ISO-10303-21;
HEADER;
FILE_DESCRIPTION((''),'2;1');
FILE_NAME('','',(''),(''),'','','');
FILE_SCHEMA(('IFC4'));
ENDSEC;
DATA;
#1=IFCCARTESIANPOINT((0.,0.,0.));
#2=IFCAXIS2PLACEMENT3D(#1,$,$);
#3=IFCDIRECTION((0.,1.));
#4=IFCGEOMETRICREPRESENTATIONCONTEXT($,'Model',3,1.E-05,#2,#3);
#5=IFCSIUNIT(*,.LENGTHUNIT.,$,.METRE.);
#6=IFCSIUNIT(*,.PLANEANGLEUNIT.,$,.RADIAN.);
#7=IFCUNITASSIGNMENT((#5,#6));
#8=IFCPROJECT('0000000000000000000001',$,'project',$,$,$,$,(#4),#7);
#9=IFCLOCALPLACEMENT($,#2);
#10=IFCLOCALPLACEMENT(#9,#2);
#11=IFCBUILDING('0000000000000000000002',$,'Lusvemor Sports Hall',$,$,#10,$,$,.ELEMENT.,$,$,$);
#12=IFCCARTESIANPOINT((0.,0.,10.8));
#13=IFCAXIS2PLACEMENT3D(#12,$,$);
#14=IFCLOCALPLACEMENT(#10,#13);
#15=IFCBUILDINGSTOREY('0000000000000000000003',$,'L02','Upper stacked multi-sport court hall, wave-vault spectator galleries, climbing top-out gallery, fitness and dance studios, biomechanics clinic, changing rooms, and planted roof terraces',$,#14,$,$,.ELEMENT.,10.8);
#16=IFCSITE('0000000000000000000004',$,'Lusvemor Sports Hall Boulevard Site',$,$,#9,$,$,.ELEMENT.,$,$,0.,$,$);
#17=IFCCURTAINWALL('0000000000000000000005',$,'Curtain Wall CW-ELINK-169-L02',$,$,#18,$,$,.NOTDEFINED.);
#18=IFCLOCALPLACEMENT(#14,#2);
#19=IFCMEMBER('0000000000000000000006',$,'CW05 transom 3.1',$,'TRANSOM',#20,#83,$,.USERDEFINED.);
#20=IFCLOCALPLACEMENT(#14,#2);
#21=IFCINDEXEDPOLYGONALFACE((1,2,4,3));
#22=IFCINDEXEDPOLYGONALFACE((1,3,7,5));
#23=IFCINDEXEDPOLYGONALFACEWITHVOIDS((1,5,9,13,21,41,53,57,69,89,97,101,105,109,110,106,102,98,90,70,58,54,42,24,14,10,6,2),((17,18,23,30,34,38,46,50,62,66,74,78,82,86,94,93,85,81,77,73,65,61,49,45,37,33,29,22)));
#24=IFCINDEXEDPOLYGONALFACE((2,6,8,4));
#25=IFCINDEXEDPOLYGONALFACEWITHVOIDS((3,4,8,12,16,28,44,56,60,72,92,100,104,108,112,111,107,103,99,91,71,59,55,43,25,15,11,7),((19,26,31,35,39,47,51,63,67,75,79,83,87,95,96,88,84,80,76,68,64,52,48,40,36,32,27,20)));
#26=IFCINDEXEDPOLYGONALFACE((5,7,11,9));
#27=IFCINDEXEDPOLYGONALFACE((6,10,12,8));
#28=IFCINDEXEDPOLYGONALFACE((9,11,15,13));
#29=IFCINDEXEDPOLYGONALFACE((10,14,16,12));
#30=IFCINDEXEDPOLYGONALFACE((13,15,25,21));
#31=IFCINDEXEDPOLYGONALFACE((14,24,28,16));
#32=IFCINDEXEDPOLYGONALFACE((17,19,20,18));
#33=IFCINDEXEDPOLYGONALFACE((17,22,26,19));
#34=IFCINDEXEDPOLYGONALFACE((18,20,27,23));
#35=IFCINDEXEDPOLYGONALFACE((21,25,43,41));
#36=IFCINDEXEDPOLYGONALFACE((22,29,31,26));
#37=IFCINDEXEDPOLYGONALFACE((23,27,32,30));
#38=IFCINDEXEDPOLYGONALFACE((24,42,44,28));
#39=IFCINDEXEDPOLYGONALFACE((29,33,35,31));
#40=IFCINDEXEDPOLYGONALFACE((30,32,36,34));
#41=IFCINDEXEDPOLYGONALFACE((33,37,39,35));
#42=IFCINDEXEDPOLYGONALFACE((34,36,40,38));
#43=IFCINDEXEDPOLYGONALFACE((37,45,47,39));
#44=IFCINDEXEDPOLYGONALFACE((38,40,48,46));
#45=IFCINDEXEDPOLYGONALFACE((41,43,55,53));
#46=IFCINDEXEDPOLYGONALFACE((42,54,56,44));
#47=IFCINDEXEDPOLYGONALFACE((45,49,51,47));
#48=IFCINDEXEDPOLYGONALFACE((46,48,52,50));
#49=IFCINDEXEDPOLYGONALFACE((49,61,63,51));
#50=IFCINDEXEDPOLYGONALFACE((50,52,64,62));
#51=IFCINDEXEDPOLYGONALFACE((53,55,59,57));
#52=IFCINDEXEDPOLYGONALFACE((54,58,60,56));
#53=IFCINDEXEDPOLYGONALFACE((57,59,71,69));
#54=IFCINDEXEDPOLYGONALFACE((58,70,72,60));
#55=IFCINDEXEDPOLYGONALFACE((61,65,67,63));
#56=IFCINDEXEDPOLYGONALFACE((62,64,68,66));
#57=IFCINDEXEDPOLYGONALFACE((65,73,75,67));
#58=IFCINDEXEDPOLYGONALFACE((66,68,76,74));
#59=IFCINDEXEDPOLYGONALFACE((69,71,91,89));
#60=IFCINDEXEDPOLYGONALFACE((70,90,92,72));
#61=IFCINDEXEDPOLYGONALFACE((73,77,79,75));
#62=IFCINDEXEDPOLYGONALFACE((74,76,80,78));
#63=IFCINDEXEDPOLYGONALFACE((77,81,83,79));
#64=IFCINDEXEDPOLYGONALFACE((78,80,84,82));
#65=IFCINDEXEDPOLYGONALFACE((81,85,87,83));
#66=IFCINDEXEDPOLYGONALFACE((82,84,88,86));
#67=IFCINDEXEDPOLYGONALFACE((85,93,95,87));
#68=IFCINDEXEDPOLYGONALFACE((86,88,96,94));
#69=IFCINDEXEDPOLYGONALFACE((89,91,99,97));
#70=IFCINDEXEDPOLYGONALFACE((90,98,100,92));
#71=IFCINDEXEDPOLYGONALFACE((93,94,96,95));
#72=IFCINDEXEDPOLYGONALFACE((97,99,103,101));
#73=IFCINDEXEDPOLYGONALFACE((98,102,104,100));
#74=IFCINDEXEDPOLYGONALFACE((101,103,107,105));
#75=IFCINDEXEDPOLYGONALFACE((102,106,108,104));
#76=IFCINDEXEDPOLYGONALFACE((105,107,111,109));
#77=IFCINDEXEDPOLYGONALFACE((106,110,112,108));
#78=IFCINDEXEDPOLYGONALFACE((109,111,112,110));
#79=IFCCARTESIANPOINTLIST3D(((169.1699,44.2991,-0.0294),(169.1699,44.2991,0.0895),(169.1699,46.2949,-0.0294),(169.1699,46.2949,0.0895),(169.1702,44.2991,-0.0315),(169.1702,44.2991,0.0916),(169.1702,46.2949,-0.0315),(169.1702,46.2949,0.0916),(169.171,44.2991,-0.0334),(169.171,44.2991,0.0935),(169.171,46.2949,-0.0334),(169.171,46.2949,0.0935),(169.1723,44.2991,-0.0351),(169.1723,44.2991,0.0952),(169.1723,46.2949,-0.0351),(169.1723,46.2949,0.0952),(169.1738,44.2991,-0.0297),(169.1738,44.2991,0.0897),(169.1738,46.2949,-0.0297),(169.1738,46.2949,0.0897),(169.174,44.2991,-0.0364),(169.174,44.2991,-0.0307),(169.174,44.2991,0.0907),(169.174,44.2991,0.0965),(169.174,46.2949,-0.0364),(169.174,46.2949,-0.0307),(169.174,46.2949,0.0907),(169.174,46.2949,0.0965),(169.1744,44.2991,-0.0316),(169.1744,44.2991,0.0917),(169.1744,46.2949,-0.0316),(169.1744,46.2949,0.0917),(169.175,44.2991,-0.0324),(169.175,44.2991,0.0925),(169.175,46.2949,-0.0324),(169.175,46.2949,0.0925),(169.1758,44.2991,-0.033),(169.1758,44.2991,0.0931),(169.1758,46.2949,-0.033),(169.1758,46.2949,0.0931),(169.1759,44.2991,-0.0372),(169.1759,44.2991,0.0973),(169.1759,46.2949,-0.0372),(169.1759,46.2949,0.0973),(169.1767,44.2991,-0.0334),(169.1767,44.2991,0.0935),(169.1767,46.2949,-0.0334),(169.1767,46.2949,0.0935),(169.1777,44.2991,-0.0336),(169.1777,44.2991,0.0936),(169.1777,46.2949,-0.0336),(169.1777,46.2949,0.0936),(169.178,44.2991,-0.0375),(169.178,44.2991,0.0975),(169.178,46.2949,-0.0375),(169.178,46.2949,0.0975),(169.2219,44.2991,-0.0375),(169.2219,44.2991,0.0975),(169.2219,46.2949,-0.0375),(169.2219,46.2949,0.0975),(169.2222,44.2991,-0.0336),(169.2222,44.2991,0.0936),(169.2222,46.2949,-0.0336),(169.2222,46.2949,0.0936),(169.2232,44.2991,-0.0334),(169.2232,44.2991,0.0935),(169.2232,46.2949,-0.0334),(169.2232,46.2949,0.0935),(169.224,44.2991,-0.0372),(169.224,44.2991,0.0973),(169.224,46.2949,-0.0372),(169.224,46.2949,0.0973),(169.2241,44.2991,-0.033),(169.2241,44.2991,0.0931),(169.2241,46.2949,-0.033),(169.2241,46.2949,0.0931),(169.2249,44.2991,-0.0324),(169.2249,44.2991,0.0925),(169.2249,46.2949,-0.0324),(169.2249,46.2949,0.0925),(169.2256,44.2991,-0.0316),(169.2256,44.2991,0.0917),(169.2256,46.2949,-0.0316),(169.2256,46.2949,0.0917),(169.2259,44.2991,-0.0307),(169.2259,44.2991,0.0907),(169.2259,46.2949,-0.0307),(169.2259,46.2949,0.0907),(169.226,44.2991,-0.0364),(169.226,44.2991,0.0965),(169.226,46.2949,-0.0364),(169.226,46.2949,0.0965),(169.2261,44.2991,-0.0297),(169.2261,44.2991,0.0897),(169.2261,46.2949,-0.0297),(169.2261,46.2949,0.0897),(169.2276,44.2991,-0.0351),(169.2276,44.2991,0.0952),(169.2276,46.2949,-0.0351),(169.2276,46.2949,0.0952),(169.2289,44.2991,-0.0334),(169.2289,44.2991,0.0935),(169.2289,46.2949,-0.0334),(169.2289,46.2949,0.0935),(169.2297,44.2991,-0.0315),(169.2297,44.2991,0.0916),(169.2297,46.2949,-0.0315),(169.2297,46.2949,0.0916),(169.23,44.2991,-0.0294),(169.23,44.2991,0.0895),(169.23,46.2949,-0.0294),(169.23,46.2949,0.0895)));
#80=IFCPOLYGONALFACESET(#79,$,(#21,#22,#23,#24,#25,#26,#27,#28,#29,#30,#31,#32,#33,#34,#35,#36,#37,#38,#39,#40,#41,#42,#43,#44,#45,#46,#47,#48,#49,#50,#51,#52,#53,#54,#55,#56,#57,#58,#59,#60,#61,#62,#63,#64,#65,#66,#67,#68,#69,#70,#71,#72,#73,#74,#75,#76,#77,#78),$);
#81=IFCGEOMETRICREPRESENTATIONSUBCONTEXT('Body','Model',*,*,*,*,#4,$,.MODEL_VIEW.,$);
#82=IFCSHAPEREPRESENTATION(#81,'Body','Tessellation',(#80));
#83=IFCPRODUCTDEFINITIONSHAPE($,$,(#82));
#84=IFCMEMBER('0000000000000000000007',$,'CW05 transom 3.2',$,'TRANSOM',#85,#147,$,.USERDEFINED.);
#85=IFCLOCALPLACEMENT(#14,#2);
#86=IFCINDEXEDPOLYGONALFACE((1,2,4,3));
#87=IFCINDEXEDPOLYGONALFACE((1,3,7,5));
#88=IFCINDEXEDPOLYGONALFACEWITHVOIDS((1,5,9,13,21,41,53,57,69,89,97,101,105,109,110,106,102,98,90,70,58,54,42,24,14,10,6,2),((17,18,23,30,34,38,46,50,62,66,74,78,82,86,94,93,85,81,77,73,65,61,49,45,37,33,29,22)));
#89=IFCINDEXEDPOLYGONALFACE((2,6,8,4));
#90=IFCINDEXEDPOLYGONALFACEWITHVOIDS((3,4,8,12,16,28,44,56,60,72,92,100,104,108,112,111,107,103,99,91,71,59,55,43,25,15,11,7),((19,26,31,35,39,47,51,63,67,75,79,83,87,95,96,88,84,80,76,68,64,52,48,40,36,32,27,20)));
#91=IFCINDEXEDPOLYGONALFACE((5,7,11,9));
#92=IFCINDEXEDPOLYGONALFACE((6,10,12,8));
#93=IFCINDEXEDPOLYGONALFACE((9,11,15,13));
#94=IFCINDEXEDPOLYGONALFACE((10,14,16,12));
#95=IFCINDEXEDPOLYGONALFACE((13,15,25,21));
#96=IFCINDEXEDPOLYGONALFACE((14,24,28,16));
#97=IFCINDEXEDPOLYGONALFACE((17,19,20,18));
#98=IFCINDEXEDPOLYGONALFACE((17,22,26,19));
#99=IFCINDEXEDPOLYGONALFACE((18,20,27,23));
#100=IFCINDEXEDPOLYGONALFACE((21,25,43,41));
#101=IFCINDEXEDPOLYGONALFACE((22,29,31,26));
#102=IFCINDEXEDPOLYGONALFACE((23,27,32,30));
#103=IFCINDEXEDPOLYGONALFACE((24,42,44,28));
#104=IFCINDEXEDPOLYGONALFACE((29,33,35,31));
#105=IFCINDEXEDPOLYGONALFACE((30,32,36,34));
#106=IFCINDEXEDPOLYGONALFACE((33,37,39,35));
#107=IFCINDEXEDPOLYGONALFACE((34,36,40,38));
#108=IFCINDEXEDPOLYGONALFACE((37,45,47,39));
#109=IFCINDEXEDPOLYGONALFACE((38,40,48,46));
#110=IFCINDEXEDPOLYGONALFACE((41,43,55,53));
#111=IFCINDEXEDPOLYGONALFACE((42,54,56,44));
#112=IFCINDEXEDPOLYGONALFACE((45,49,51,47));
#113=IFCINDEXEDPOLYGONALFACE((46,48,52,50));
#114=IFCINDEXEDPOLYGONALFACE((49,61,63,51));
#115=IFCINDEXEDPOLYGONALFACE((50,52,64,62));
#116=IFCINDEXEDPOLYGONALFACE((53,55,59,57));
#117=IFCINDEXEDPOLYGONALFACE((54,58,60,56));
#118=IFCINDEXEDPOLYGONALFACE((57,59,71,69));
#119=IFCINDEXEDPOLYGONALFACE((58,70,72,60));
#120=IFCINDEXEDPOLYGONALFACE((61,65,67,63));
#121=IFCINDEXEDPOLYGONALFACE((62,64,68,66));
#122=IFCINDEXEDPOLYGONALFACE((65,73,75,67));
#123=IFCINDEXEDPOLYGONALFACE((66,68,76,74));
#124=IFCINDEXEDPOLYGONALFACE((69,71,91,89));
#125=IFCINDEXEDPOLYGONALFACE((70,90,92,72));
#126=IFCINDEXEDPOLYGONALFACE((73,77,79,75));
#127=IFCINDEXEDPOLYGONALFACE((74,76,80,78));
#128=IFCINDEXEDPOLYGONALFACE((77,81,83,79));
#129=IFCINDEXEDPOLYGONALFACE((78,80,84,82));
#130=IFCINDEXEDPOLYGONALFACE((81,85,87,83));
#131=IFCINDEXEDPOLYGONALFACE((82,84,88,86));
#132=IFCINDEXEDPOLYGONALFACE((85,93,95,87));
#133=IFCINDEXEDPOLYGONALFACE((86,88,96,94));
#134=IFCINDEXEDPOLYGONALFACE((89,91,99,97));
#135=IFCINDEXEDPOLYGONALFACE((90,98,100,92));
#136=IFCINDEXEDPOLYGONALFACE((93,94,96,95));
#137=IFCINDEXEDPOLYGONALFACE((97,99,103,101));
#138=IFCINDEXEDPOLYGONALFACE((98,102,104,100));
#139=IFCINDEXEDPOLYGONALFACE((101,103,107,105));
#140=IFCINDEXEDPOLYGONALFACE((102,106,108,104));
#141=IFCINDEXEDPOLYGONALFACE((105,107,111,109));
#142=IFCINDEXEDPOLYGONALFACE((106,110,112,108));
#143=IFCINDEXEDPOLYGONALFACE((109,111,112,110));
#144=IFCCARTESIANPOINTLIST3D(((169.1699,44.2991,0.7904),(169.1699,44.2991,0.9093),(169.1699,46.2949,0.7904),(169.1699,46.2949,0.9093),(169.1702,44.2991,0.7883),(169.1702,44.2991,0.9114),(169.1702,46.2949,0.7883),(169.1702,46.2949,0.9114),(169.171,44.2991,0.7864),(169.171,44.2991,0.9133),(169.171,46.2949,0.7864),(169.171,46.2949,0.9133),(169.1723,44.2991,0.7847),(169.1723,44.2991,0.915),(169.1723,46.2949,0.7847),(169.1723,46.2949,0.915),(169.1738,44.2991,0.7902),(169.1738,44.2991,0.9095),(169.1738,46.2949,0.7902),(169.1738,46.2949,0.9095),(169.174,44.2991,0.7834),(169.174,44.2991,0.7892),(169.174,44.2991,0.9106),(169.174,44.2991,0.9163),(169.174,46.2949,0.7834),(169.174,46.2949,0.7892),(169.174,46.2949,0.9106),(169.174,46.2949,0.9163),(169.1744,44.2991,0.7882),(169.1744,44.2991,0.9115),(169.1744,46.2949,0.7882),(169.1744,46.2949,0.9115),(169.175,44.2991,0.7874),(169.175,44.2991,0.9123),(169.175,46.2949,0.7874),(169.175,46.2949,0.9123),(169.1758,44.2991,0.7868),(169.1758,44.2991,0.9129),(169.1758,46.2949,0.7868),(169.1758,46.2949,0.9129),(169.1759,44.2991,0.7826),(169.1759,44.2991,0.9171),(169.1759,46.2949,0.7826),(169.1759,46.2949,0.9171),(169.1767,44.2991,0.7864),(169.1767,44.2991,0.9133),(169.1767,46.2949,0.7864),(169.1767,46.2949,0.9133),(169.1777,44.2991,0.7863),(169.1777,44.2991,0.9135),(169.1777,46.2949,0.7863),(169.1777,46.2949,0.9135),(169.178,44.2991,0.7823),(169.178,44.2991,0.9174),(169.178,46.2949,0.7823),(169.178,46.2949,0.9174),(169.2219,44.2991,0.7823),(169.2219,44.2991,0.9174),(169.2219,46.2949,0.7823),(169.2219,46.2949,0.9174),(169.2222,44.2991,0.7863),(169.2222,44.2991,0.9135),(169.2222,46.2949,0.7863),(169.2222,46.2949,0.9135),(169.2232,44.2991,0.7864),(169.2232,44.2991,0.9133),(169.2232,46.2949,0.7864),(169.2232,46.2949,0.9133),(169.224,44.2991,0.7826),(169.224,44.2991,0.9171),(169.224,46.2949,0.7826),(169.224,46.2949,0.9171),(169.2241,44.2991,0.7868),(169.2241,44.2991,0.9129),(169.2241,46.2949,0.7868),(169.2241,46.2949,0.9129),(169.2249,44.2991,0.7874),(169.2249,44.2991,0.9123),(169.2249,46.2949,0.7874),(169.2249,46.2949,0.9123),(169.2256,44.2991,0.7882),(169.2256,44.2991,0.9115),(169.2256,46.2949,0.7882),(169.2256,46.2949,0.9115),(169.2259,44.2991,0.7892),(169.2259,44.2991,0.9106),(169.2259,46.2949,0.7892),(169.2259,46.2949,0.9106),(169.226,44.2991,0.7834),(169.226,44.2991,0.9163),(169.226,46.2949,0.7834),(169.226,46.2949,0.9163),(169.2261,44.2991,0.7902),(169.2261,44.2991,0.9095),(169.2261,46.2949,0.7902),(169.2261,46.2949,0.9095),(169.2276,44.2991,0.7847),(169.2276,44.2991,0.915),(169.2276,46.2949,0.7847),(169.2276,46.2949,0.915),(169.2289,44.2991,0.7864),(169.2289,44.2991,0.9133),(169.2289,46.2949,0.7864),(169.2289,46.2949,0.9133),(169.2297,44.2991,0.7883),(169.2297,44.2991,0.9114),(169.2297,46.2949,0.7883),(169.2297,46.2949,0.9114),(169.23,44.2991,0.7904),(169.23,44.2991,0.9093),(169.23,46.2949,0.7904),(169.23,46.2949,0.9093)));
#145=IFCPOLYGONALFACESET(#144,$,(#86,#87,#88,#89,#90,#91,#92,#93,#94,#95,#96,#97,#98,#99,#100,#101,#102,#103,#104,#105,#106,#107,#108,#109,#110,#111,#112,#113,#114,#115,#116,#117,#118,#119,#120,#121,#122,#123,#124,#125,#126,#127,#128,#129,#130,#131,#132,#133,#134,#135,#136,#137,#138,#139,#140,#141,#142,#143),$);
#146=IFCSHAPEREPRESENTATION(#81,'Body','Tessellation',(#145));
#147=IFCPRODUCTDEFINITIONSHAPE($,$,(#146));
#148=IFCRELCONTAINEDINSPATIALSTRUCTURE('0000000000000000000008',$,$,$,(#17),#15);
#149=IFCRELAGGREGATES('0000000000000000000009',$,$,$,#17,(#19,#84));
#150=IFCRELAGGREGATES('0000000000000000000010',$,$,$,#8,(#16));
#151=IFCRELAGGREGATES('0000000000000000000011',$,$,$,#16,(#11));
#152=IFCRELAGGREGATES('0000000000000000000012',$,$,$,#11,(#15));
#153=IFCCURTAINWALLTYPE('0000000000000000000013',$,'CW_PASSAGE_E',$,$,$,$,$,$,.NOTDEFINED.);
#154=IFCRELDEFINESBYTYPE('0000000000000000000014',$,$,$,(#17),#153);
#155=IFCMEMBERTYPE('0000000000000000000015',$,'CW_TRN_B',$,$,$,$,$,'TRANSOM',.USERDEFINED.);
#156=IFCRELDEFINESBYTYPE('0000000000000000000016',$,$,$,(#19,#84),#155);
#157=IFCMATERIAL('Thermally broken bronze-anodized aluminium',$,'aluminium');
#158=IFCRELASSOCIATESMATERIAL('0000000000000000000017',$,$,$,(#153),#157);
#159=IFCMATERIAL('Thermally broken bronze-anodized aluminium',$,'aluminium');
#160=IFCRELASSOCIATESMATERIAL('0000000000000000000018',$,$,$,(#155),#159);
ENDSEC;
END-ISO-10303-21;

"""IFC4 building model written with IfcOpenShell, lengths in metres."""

from ifc_helpers import new_model, si_unit, direction, frame, origin, origin_2d, place, context, subcontext, project, spatial, hollow_rectangle, extrude, material, material_profile, profile_set, type_object, element, aggregate, save


model = new_model("IFC4")

# Units and contexts
model_context = context("Model", 3, precision=1e-05, world=origin(), true_north=direction((0.0, 1.0)))
body_context = subcontext(model_context, "Body", "Model", "MODEL_VIEW")
ifc_project = project(units=[si_unit("LENGTHUNIT", "METRE"), si_unit("PLANEANGLEUNIT", "RADIAN")], contexts=[model_context])

# Site, building, storey
site_placement = place(None, origin())
site = spatial("IfcSite", under=ifc_project, at=site_placement, Name="Lusvemor Sports Hall Boulevard Site", CompositionType="ELEMENT", RefElevation=0.0)
building_placement = place(site_placement, origin())
building = spatial("IfcBuilding", under=site, at=building_placement, Name="Lusvemor Sports Hall", CompositionType="ELEMENT")
storey_placement = place(building_placement, frame((0.0, 0.0, 10.8)))
storey = spatial("IfcBuildingStorey", under=building, at=storey_placement, Name="L02", Description="Upper stacked multi-sport court hall, wave-vault spectator galleries, climbing top-out gallery, fitness and dance studios, biomechanics clinic, changing rooms, and planted roof terraces", CompositionType="ELEMENT", Elevation=10.8)

# Curtain wall, members
ifc_material_1 = material(Name="Thermally broken bronze-anodized aluminium", Category="aluminium")
curtain_wall_type = type_object("IfcCurtainWallType", Name="CW_PASSAGE_E", PredefinedType="NOTDEFINED", material=ifc_material_1)
curtain_wall_placement = place(storey_placement, origin())
curtain_wall = element("IfcCurtainWall", 1, at=curtain_wall_placement, inside=storey, type_object=curtain_wall_type, Name="Curtain Wall CW-ELINK-169-L02", PredefinedType="NOTDEFINED")
ifc_material_2 = material(Name="Thermally broken bronze-anodized aluminium", Category="aluminium")
ifc_material_profile_1 = material_profile(ifc_material_2, hollow_rectangle(XDim=0.0601, YDim=0.135, WallThickness=0.0039, InnerFilletRadius=0.0039, OuterFilletRadius=0.0081, at=origin_2d()), Name="CWTRN135x60x4")
ifc_profile_set_1 = profile_set([ifc_material_profile_1], Name="Thermally broken bronze-anodized aluminium")
member_type_1 = type_object("IfcMemberType", Name="CW_TRN_B", ElementType="TRANSOM", PredefinedType="USERDEFINED", material=ifc_profile_set_1)
member_1_placement = place(storey_placement, frame((169.2, 44.2991, 0.03), z_axis=(0.0, 1.0, 0.0), x_axis=(-1.0, 0.0, 0.0)))
member_1 = element("IfcMember", 2, at=member_1_placement, type_object=member_type_1, Name="CW05 transom 3.1", ObjectType="TRANSOM", PredefinedType="USERDEFINED", context=body_context, shape_type="SweptSolid", body=[
    extrude(hollow_rectangle(XDim=0.0601, YDim=0.135, WallThickness=0.0039, InnerFilletRadius=0.0039, OuterFilletRadius=0.0081, at=origin_2d()), origin(), (0.0, 0.0, 1.0), 1.9958),
])
member_2_placement = place(storey_placement, frame((169.2, 44.2991, 0.8499), z_axis=(0.0, 1.0, 0.0), x_axis=(-1.0, 0.0, 0.0)))
member_2 = element("IfcMember", 3, at=member_2_placement, type_object=member_type_1, Name="CW05 transom 3.2", ObjectType="TRANSOM", PredefinedType="USERDEFINED", context=body_context, shape_type="SweptSolid", body=[
    extrude(hollow_rectangle(XDim=0.0601, YDim=0.135, WallThickness=0.0039, InnerFilletRadius=0.0039, OuterFilletRadius=0.0081, at=origin_2d()), origin(), (0.0, 0.0, 1.0), 1.9958),
])

aggregate(curtain_wall, [member_1, member_2])

save(model, "model.ifc")
